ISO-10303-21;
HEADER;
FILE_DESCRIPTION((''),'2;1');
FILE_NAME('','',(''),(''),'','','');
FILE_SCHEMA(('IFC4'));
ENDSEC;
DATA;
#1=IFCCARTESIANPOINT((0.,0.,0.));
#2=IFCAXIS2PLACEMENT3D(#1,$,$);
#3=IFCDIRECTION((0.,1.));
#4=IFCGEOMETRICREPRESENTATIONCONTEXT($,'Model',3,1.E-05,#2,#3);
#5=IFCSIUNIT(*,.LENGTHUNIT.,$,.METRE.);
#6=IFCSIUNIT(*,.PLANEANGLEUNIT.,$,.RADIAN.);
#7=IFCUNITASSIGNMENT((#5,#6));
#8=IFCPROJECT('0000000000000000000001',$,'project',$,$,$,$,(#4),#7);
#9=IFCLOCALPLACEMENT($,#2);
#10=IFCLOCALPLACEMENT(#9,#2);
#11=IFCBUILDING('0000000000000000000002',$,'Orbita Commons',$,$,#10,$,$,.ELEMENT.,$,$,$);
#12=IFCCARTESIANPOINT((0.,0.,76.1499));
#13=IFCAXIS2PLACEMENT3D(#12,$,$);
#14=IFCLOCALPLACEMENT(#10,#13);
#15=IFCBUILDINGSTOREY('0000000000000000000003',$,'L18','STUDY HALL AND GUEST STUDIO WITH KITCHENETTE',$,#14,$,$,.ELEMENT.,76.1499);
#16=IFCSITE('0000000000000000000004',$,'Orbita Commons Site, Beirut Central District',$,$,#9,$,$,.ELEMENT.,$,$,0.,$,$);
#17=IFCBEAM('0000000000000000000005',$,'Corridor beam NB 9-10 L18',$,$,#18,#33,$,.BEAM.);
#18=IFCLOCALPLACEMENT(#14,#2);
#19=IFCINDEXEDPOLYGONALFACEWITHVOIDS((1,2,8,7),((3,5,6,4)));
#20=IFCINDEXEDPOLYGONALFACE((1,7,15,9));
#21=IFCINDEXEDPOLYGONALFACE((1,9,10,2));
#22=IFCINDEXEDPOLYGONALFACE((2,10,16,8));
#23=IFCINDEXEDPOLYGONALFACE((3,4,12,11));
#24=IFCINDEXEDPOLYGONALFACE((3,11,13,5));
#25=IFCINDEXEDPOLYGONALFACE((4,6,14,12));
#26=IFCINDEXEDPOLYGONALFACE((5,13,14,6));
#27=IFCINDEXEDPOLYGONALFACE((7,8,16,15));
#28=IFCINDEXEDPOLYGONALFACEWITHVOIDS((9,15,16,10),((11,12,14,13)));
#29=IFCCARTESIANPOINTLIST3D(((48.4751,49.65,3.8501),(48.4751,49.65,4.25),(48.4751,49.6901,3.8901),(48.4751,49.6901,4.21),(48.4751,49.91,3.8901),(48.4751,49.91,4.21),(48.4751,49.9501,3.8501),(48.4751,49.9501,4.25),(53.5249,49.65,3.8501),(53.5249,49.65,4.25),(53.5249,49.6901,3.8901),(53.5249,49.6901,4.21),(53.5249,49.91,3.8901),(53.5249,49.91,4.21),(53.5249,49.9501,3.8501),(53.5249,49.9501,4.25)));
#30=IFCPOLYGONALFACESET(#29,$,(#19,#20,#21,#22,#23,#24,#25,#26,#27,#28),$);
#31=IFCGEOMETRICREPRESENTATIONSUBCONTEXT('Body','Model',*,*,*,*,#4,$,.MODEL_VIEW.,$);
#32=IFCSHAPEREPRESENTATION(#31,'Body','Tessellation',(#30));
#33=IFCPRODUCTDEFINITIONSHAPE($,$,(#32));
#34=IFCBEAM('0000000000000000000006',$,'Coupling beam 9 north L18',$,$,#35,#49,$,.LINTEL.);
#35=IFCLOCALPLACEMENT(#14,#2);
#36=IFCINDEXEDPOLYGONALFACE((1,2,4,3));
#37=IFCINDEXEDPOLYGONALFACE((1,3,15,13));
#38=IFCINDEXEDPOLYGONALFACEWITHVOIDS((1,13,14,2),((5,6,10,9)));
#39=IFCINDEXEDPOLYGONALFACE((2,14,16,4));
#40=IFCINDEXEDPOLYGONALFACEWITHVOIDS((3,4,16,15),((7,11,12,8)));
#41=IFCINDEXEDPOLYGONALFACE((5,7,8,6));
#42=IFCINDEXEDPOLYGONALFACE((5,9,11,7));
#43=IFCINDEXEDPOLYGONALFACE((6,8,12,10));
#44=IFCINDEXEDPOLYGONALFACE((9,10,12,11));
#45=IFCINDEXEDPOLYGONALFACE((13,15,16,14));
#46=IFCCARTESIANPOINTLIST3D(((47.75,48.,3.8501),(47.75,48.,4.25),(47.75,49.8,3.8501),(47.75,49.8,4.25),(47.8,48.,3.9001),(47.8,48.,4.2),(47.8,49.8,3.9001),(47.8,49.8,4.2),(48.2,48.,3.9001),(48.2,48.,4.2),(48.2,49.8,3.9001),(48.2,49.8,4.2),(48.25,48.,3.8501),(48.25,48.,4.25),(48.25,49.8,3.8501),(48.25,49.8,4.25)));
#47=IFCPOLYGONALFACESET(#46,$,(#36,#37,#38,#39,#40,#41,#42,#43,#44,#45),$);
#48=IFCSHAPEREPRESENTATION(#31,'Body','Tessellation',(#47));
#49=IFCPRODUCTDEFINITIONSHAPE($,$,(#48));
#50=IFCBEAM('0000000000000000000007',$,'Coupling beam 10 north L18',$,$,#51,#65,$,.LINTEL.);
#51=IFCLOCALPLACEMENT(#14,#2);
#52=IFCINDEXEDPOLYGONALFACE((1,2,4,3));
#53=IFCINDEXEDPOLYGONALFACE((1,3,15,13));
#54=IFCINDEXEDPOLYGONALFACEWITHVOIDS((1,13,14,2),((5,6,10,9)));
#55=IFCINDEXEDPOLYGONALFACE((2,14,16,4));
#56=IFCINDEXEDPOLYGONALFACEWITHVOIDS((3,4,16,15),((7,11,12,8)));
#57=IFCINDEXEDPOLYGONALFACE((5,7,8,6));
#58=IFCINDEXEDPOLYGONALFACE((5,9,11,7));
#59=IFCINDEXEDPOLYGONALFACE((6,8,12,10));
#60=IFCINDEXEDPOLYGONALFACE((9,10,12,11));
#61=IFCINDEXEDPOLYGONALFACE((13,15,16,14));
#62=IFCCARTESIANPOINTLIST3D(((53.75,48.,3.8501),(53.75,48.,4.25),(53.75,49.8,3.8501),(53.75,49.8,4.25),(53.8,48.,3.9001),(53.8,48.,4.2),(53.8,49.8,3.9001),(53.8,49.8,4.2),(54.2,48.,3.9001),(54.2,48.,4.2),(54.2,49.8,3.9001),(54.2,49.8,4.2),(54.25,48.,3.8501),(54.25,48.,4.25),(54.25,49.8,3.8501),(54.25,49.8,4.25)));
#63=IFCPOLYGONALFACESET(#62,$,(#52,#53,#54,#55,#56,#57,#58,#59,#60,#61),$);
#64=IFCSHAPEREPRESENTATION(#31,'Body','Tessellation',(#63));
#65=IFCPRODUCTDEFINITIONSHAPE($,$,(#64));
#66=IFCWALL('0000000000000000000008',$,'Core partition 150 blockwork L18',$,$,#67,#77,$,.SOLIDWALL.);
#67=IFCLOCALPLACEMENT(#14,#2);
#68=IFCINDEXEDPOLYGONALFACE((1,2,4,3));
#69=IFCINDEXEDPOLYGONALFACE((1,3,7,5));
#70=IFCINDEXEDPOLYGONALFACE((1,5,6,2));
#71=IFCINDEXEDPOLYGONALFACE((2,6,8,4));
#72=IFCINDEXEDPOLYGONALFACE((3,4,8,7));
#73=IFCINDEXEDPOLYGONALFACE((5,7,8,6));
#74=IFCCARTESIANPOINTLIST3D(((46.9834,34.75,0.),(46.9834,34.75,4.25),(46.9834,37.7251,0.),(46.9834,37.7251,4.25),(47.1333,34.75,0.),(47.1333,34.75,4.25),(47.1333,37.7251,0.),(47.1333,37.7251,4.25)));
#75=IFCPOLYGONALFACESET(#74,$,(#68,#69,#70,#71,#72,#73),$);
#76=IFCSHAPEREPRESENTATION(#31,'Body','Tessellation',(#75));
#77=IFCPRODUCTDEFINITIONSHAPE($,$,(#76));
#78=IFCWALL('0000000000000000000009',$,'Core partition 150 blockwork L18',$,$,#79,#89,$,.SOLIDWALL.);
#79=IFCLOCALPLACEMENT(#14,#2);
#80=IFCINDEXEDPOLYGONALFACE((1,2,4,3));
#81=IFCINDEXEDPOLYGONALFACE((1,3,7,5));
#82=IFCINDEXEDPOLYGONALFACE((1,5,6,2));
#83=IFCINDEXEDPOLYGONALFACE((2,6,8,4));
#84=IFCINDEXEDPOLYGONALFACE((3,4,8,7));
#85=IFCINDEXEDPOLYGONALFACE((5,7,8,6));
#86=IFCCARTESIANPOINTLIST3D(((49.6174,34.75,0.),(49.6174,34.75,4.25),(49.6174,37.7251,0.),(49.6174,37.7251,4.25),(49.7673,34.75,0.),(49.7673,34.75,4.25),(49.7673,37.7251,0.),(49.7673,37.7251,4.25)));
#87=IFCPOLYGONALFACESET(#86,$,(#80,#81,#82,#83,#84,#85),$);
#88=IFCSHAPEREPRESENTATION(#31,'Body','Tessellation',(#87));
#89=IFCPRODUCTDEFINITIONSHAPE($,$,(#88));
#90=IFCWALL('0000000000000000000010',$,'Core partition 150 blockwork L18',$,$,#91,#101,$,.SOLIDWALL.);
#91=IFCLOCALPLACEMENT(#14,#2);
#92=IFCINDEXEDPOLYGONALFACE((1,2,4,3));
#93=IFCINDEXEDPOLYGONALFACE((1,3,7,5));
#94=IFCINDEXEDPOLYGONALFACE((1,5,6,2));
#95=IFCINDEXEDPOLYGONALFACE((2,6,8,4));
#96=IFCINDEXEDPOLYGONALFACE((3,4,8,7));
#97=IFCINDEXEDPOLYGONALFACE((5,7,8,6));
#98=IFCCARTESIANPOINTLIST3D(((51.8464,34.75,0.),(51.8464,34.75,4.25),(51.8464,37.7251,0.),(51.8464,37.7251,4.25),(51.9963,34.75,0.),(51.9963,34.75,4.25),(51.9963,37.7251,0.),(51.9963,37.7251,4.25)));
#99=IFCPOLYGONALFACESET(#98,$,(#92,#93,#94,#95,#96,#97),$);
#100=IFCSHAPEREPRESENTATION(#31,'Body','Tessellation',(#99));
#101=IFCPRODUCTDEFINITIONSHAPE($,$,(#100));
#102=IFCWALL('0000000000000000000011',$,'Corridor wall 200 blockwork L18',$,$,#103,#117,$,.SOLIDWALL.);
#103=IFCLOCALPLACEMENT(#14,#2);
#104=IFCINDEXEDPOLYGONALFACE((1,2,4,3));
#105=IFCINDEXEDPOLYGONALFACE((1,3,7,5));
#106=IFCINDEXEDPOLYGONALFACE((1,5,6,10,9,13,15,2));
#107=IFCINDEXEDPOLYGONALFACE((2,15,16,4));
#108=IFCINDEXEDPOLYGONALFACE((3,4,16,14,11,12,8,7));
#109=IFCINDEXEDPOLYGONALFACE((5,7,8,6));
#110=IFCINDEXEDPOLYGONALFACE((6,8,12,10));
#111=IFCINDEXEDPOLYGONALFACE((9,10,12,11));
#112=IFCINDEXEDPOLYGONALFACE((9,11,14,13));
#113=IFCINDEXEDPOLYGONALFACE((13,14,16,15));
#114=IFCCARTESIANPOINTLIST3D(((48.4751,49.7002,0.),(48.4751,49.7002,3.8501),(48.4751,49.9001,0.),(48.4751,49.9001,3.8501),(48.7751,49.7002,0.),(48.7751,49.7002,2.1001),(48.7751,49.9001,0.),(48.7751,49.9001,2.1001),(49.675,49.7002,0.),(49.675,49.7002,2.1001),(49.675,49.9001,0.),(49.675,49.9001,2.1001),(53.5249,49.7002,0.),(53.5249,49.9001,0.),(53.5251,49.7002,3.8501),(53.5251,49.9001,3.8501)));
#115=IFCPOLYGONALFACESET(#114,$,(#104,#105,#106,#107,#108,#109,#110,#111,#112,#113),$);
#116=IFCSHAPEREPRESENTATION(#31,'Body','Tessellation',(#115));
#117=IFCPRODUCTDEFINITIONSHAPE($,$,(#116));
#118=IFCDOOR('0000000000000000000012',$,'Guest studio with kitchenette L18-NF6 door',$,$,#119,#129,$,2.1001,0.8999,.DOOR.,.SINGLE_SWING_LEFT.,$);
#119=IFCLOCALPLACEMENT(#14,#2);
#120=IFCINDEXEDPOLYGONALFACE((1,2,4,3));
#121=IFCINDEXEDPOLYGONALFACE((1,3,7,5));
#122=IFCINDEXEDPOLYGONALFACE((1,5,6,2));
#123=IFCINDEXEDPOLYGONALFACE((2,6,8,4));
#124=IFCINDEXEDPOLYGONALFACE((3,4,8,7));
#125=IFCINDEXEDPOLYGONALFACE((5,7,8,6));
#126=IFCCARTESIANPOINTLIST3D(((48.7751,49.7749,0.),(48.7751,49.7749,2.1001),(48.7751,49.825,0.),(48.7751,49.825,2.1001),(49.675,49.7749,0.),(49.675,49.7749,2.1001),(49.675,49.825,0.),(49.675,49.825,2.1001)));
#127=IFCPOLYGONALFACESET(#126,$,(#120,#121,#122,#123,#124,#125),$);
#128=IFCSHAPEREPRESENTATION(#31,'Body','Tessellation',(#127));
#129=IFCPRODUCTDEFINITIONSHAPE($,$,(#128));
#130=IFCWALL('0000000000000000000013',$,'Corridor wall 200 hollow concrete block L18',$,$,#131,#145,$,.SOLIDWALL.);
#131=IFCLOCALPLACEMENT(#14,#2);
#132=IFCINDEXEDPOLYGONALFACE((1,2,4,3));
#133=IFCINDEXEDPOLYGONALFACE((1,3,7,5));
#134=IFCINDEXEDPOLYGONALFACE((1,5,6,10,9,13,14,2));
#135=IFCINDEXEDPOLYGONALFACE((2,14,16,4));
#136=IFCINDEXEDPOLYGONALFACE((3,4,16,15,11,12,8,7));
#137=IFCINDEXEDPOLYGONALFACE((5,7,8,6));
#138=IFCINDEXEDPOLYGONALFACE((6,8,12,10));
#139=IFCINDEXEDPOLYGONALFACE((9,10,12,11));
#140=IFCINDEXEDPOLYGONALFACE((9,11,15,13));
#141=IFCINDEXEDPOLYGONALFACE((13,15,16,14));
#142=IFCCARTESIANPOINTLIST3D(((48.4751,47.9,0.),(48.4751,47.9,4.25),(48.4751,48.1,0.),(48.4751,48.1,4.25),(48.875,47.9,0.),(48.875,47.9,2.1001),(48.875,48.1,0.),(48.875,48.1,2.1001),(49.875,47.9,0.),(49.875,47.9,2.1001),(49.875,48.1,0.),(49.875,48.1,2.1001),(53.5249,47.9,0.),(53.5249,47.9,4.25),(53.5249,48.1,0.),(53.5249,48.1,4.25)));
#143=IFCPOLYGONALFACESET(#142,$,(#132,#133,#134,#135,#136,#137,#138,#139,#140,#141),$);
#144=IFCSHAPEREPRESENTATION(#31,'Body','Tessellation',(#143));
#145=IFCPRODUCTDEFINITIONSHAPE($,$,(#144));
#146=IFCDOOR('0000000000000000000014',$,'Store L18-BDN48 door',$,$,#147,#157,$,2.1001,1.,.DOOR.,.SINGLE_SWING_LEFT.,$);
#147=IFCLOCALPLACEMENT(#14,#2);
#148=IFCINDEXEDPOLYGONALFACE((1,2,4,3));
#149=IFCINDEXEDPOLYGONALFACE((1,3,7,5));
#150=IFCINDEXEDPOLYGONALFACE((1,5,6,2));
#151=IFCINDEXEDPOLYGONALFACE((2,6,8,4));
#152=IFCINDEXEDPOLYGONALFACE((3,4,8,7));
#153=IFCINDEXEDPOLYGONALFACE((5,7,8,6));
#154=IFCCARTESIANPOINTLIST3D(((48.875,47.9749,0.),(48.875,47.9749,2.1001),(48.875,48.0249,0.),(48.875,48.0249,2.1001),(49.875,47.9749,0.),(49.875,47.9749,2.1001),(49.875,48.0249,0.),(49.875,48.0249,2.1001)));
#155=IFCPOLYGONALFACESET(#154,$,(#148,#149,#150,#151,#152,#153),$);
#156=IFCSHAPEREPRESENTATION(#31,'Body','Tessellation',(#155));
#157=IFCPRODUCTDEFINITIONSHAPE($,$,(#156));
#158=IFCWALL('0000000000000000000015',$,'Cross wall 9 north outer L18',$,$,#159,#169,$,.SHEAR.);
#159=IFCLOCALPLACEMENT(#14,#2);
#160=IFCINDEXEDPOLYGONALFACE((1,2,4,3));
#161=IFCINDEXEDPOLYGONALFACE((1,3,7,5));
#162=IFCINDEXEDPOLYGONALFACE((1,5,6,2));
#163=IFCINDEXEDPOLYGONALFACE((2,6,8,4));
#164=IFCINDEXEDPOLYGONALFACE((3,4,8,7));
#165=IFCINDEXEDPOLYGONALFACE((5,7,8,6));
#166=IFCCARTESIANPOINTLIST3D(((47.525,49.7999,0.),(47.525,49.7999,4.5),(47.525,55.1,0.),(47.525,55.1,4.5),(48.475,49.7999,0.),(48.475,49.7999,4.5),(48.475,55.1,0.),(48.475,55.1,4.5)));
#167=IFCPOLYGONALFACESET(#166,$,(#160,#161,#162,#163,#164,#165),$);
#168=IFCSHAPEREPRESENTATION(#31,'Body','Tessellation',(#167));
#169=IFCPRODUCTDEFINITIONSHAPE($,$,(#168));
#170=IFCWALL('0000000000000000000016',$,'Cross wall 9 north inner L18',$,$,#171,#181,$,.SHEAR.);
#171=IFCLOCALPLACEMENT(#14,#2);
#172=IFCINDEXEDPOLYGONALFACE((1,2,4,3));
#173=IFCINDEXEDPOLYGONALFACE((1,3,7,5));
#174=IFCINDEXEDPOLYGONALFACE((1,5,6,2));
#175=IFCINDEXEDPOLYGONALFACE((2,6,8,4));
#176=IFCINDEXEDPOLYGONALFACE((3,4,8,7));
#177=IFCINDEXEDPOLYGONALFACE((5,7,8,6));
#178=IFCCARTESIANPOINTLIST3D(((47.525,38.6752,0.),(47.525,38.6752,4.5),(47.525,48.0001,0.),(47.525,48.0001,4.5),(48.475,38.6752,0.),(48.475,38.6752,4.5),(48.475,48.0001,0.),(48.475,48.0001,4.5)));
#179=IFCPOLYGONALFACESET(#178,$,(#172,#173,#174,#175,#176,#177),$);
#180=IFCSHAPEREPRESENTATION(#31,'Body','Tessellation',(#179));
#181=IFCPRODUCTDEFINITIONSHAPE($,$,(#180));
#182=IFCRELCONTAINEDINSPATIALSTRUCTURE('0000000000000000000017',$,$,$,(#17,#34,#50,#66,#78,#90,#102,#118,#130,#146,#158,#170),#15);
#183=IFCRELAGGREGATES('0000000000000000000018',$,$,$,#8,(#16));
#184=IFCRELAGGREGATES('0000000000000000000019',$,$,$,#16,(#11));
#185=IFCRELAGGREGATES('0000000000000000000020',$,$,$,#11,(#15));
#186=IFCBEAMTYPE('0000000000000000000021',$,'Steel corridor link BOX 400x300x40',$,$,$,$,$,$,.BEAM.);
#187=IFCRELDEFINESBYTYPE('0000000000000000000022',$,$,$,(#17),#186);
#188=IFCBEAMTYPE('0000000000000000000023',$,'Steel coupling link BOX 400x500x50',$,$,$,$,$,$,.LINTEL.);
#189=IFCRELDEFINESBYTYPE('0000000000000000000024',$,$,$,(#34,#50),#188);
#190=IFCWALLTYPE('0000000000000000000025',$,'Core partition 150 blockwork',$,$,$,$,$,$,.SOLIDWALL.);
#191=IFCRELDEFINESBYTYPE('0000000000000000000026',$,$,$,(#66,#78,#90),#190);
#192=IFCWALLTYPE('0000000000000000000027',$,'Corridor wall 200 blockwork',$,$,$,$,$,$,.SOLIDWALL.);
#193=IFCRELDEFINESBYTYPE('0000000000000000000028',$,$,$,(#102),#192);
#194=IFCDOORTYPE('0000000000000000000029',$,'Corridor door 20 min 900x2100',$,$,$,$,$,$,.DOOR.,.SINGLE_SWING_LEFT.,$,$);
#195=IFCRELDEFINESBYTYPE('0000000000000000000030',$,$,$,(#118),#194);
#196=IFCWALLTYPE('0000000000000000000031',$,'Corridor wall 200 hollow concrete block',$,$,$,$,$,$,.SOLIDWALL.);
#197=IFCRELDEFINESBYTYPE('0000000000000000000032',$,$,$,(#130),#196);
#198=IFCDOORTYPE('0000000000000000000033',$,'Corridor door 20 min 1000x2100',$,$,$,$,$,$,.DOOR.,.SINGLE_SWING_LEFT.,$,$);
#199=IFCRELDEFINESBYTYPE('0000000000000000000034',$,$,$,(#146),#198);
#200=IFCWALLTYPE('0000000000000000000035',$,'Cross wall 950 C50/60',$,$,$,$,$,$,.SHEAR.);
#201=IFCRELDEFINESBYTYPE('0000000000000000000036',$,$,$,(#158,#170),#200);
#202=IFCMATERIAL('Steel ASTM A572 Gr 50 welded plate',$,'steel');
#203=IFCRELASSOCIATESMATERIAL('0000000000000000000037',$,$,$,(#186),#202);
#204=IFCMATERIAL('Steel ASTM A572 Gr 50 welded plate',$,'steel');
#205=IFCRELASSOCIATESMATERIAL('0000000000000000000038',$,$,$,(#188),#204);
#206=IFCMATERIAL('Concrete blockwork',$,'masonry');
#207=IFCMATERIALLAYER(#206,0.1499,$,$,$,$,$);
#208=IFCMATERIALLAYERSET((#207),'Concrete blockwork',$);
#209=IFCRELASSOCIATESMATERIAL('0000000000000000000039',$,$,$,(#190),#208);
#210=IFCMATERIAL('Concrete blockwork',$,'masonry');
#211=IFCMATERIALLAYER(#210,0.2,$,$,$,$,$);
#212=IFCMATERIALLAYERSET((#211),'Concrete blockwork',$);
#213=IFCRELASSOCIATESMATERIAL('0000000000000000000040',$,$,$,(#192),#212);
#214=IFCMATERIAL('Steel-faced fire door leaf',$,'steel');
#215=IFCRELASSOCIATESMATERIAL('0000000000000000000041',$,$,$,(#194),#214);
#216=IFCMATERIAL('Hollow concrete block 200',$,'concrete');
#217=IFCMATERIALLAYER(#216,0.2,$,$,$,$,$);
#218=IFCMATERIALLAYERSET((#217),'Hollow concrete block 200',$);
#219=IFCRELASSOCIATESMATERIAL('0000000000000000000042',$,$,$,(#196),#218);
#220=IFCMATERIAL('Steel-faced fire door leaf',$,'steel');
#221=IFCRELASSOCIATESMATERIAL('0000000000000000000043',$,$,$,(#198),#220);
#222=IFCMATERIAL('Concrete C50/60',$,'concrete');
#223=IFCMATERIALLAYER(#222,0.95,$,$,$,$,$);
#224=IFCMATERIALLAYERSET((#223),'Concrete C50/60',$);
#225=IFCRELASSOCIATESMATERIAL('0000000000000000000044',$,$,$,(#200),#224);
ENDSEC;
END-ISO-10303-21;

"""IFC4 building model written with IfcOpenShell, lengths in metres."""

from ifc_helpers import new_model, si_unit, direction, frame, frame_2d, origin, origin_2d, place, context, subcontext, project, spatial, polyline, rectangle, hollow_rectangle, outline, extrude, material, layer, layer_set, material_profile, profile_set, type_object, element, fill, save


model = new_model("IFC4")

# Units and contexts
model_context = context("Model", 3, precision=1e-05, world=origin(), true_north=direction((0.0, 1.0)))
body_context = subcontext(model_context, "Body", "Model", "MODEL_VIEW")
ifc_project = project(units=[si_unit("LENGTHUNIT", "METRE"), si_unit("PLANEANGLEUNIT", "RADIAN")], contexts=[model_context])

# Site, building, storey
site_placement = place(None, origin())
site = spatial("IfcSite", under=ifc_project, at=site_placement, Name="Orbita Commons Site, Beirut Central District", CompositionType="ELEMENT", RefElevation=0.0)
building_placement = place(site_placement, origin())
building = spatial("IfcBuilding", under=site, at=building_placement, Name="Orbita Commons", CompositionType="ELEMENT")
storey_placement = place(building_placement, frame((0.0, 0.0, 76.1499)))
storey = spatial("IfcBuildingStorey", under=building, at=storey_placement, Name="L18", Description="STUDY HALL AND GUEST STUDIO WITH KITCHENETTE", CompositionType="ELEMENT", Elevation=76.1499)

# Beams
ifc_material_1 = material(Name="Steel ASTM A572 Gr 50 welded plate", Category="steel")
ifc_material_profile_1 = material_profile(ifc_material_1, hollow_rectangle(XDim=0.3, YDim=0.3999, WallThickness=0.04, at=origin_2d()), Name="BOX 400x300x40")
ifc_profile_set_1 = profile_set([ifc_material_profile_1], Name="Steel ASTM A572 Gr 50 welded plate")
beam_type_1 = type_object("IfcBeamType", Name="Steel corridor link BOX 400x300x40", PredefinedType="BEAM", material=ifc_profile_set_1)
beam_placement = place(storey_placement, frame((48.4751, 49.8, 4.05), z_axis=(1.0, 0.0, 0.0), x_axis=(0.0, 1.0, 0.0)))
element("IfcBeam", 1, at=beam_placement, inside=storey, type_object=beam_type_1, Name="Corridor beam NB 9-10 L18", PredefinedType="BEAM", context=body_context, shape_type="SweptSolid", body=[
    extrude(hollow_rectangle(XDim=0.3, YDim=0.3999, WallThickness=0.04, at=origin_2d()), origin(), (0.0, 0.0, 1.0), 5.0498),
])
ifc_material_2 = material(Name="Steel ASTM A572 Gr 50 welded plate", Category="steel")
ifc_material_profile_2 = material_profile(ifc_material_2, hollow_rectangle(XDim=0.5, YDim=0.3999, WallThickness=0.05, at=origin_2d()), Name="BOX 400x500x50")
ifc_profile_set_2 = profile_set([ifc_material_profile_2], Name="Steel ASTM A572 Gr 50 welded plate")
beam_type_2 = type_object("IfcBeamType", Name="Steel coupling link BOX 400x500x50", PredefinedType="LINTEL", material=ifc_profile_set_2)
for number, where, z_axis, x_axis, name in (
    (2, (48.0, 48.0, 4.05), (0.0, 1.0, 0.0), (-1.0, 0.0, 0.0), "Coupling beam 9 north L18"),
    (3, (54.0, 48.0, 4.05), (0.0, 1.0, 0.0), (-1.0, 0.0, 0.0), "Coupling beam 10 north L18"),
):
    element("IfcBeam", number, at=place(storey_placement, frame(where, z_axis=z_axis, x_axis=x_axis)), inside=storey, type_object=beam_type_2, Name=name, PredefinedType="LINTEL", context=body_context, shape_type="SweptSolid", body=[
        extrude(hollow_rectangle(XDim=0.5, YDim=0.3999, WallThickness=0.05, at=origin_2d()), origin(), (0.0, 0.0, 1.0), 1.8),
    ])

# Walls
ifc_material_3 = material(Name="Concrete blockwork", Category="masonry")
ifc_layer_1 = layer(ifc_material_3, 0.1499)
ifc_layer_set_1 = layer_set([ifc_layer_1], Name="Concrete blockwork")
wall_type_1 = type_object("IfcWallType", Name="Core partition 150 blockwork", PredefinedType="SOLIDWALL", material=ifc_layer_set_1)
for number, where, z_axis, x_axis, name in (
    (4, (47.0583, 34.75, 0.0), (0.0, 0.0, 1.0), (0.0, 1.0, 0.0), "Core partition 150 blockwork L18"),
    (5, (49.6924, 34.75, 0.0), (0.0, 0.0, 1.0), (0.0, 1.0, 0.0), "Core partition 150 blockwork L18"),
    (6, (51.9214, 34.75, 0.0), (0.0, 0.0, 1.0), (0.0, 1.0, 0.0), "Core partition 150 blockwork L18"),
):
    element("IfcWall", number, at=place(storey_placement, frame(where, z_axis=z_axis, x_axis=x_axis)), inside=storey, type_object=wall_type_1, Name=name, PredefinedType="SOLIDWALL", context=body_context, shape_type="SweptSolid", body=[
        extrude(rectangle(XDim=2.9751, YDim=0.1499, at=frame_2d((1.4875, 0.0))), origin(), (0.0, 0.0, 1.0), 4.25),
    ])

# Walls, openings, doors
ifc_material_4 = material(Name="Concrete blockwork", Category="masonry")
ifc_layer_2 = layer(ifc_material_4, 0.2)
ifc_layer_set_2 = layer_set([ifc_layer_2], Name="Concrete blockwork")
wall_type_2 = type_object("IfcWallType", Name="Corridor wall 200 blockwork", PredefinedType="SOLIDWALL", material=ifc_layer_set_2)
wall_1_placement = place(storey_placement, frame((48.4751, 49.8, 0.0), z_axis=(0.0, 0.0, 1.0), x_axis=(1.0, 0.0, 0.0)))
wall_1 = element("IfcWall", 7, at=wall_1_placement, inside=storey, type_object=wall_type_2, Name="Corridor wall 200 blockwork L18", PredefinedType="SOLIDWALL", context=body_context, shape_type="SweptSolid", body=[
    extrude(outline(polyline([(0.0, 0.0), (5.0498, 0.0), (5.05, 3.8501), (0.0, 3.8501), (0.0, 0.0)])), frame((0.0, 0.1001, 0.0), z_axis=(0.0, -1.0, 0.0), x_axis=(1.0, 0.0, 0.0)), (0.0, 0.0, 1.0), 0.2),
])
opening_1_placement = place(wall_1_placement, frame((0.3, 0.0, 0.0)))
opening_1 = element("IfcOpeningElement", 8, at=opening_1_placement, cuts=wall_1, PredefinedType="OPENING", context=body_context, shape_type="SweptSolid", body=[
    extrude(rectangle(XDim=0.8999, YDim=2.1001, at=frame_2d((0.45, 1.05))), frame((0.0, 0.1099, 0.0), z_axis=(0.0, -1.0, 0.0), x_axis=(1.0, 0.0, 0.0)), (0.0, 0.0, 1.0), 0.22),
])
ifc_material_5 = material(Name="Steel-faced fire door leaf", Category="steel")
door_type_1 = type_object("IfcDoorType", Name="Corridor door 20 min 900x2100", OperationType="SINGLE_SWING_LEFT", PredefinedType="DOOR", material=ifc_material_5)
door_1_placement = place(opening_1_placement, origin())
door_1 = element("IfcDoor", 9, at=door_1_placement, inside=storey, type_object=door_type_1, Name="Guest studio with kitchenette L18-NF6 door", OperationType="SINGLE_SWING_LEFT", OverallHeight=2.1001, OverallWidth=0.8999, PredefinedType="DOOR", context=body_context, shape_type="SweptSolid", body=[
    extrude(rectangle(XDim=0.8999, YDim=2.1001, at=frame_2d((0.45, 1.05))), frame((0.0, 0.0249, 0.0), z_axis=(0.0, -1.0, 0.0), x_axis=(1.0, 0.0, 0.0)), (0.0, 0.0, 1.0), 0.05),
])
fill(opening_1, door_1)
ifc_material_6 = material(Name="Hollow concrete block 200", Category="concrete")
ifc_layer_3 = layer(ifc_material_6, 0.2)
ifc_layer_set_3 = layer_set([ifc_layer_3], Name="Hollow concrete block 200")
wall_type_3 = type_object("IfcWallType", Name="Corridor wall 200 hollow concrete block", PredefinedType="SOLIDWALL", material=ifc_layer_set_3)
wall_2_placement = place(storey_placement, frame((48.4751, 48.0, 0.0), z_axis=(0.0, 0.0, 1.0), x_axis=(1.0, 0.0, 0.0)))
wall_2 = element("IfcWall", 10, at=wall_2_placement, inside=storey, type_object=wall_type_3, Name="Corridor wall 200 hollow concrete block L18", PredefinedType="SOLIDWALL", context=body_context, shape_type="SweptSolid", body=[
    extrude(rectangle(XDim=5.0498, YDim=0.2, at=frame_2d((2.5249, 0.0))), origin(), (0.0, 0.0, 1.0), 4.25),
])
opening_2_placement = place(wall_2_placement, frame((0.3999, 0.0, 0.0)))
opening_2 = element("IfcOpeningElement", 11, at=opening_2_placement, cuts=wall_2, PredefinedType="OPENING", context=body_context, shape_type="SweptSolid", body=[
    extrude(rectangle(XDim=1.0, YDim=2.1001, at=frame_2d((0.5, 1.05))), frame((0.0, 0.1099, 0.0), z_axis=(0.0, -1.0, 0.0), x_axis=(1.0, 0.0, 0.0)), (0.0, 0.0, 1.0), 0.22),
])
ifc_material_7 = material(Name="Steel-faced fire door leaf", Category="steel")
door_type_2 = type_object("IfcDoorType", Name="Corridor door 20 min 1000x2100", OperationType="SINGLE_SWING_LEFT", PredefinedType="DOOR", material=ifc_material_7)
door_2_placement = place(opening_2_placement, origin())
door_2 = element("IfcDoor", 12, at=door_2_placement, inside=storey, type_object=door_type_2, Name="Store L18-BDN48 door", OperationType="SINGLE_SWING_LEFT", OverallHeight=2.1001, OverallWidth=1.0, PredefinedType="DOOR", context=body_context, shape_type="SweptSolid", body=[
    extrude(rectangle(XDim=1.0, YDim=2.1001, at=frame_2d((0.5, 1.05))), frame((0.0, 0.0249, 0.0), z_axis=(0.0, -1.0, 0.0), x_axis=(1.0, 0.0, 0.0)), (0.0, 0.0, 1.0), 0.05),
])
fill(opening_2, door_2)

# Walls
ifc_material_8 = material(Name="Concrete C50/60", Category="concrete")
ifc_layer_4 = layer(ifc_material_8, 0.95)
ifc_layer_set_4 = layer_set([ifc_layer_4], Name="Concrete C50/60")
wall_type_4 = type_object("IfcWallType", Name="Cross wall 950 C50/60", PredefinedType="SHEAR", material=ifc_layer_set_4)
wall_3_placement = place(storey_placement, frame((48.0, 49.8, 0.0), z_axis=(0.0, 0.0, 1.0), x_axis=(0.0, 1.0, 0.0)))
element("IfcWall", 13, at=wall_3_placement, inside=storey, type_object=wall_type_4, Name="Cross wall 9 north outer L18", PredefinedType="SHEAR", context=body_context, shape_type="SweptSolid", body=[
    extrude(rectangle(XDim=5.3, YDim=0.95, at=frame_2d((2.6499, 0.0))), origin(), (0.0, 0.0, 1.0), 4.5),
])
wall_4_placement = place(storey_placement, frame((48.0, 38.675, 0.0), z_axis=(0.0, 0.0, 1.0), x_axis=(0.0, 1.0, 0.0)))
element("IfcWall", 14, at=wall_4_placement, inside=storey, type_object=wall_type_4, Name="Cross wall 9 north inner L18", PredefinedType="SHEAR", context=body_context, shape_type="SweptSolid", body=[
    extrude(rectangle(XDim=9.325, YDim=0.95, at=frame_2d((4.6626, 0.0))), origin(), (0.0, 0.0, 1.0), 4.5),
])

save(model, "model.ifc")
